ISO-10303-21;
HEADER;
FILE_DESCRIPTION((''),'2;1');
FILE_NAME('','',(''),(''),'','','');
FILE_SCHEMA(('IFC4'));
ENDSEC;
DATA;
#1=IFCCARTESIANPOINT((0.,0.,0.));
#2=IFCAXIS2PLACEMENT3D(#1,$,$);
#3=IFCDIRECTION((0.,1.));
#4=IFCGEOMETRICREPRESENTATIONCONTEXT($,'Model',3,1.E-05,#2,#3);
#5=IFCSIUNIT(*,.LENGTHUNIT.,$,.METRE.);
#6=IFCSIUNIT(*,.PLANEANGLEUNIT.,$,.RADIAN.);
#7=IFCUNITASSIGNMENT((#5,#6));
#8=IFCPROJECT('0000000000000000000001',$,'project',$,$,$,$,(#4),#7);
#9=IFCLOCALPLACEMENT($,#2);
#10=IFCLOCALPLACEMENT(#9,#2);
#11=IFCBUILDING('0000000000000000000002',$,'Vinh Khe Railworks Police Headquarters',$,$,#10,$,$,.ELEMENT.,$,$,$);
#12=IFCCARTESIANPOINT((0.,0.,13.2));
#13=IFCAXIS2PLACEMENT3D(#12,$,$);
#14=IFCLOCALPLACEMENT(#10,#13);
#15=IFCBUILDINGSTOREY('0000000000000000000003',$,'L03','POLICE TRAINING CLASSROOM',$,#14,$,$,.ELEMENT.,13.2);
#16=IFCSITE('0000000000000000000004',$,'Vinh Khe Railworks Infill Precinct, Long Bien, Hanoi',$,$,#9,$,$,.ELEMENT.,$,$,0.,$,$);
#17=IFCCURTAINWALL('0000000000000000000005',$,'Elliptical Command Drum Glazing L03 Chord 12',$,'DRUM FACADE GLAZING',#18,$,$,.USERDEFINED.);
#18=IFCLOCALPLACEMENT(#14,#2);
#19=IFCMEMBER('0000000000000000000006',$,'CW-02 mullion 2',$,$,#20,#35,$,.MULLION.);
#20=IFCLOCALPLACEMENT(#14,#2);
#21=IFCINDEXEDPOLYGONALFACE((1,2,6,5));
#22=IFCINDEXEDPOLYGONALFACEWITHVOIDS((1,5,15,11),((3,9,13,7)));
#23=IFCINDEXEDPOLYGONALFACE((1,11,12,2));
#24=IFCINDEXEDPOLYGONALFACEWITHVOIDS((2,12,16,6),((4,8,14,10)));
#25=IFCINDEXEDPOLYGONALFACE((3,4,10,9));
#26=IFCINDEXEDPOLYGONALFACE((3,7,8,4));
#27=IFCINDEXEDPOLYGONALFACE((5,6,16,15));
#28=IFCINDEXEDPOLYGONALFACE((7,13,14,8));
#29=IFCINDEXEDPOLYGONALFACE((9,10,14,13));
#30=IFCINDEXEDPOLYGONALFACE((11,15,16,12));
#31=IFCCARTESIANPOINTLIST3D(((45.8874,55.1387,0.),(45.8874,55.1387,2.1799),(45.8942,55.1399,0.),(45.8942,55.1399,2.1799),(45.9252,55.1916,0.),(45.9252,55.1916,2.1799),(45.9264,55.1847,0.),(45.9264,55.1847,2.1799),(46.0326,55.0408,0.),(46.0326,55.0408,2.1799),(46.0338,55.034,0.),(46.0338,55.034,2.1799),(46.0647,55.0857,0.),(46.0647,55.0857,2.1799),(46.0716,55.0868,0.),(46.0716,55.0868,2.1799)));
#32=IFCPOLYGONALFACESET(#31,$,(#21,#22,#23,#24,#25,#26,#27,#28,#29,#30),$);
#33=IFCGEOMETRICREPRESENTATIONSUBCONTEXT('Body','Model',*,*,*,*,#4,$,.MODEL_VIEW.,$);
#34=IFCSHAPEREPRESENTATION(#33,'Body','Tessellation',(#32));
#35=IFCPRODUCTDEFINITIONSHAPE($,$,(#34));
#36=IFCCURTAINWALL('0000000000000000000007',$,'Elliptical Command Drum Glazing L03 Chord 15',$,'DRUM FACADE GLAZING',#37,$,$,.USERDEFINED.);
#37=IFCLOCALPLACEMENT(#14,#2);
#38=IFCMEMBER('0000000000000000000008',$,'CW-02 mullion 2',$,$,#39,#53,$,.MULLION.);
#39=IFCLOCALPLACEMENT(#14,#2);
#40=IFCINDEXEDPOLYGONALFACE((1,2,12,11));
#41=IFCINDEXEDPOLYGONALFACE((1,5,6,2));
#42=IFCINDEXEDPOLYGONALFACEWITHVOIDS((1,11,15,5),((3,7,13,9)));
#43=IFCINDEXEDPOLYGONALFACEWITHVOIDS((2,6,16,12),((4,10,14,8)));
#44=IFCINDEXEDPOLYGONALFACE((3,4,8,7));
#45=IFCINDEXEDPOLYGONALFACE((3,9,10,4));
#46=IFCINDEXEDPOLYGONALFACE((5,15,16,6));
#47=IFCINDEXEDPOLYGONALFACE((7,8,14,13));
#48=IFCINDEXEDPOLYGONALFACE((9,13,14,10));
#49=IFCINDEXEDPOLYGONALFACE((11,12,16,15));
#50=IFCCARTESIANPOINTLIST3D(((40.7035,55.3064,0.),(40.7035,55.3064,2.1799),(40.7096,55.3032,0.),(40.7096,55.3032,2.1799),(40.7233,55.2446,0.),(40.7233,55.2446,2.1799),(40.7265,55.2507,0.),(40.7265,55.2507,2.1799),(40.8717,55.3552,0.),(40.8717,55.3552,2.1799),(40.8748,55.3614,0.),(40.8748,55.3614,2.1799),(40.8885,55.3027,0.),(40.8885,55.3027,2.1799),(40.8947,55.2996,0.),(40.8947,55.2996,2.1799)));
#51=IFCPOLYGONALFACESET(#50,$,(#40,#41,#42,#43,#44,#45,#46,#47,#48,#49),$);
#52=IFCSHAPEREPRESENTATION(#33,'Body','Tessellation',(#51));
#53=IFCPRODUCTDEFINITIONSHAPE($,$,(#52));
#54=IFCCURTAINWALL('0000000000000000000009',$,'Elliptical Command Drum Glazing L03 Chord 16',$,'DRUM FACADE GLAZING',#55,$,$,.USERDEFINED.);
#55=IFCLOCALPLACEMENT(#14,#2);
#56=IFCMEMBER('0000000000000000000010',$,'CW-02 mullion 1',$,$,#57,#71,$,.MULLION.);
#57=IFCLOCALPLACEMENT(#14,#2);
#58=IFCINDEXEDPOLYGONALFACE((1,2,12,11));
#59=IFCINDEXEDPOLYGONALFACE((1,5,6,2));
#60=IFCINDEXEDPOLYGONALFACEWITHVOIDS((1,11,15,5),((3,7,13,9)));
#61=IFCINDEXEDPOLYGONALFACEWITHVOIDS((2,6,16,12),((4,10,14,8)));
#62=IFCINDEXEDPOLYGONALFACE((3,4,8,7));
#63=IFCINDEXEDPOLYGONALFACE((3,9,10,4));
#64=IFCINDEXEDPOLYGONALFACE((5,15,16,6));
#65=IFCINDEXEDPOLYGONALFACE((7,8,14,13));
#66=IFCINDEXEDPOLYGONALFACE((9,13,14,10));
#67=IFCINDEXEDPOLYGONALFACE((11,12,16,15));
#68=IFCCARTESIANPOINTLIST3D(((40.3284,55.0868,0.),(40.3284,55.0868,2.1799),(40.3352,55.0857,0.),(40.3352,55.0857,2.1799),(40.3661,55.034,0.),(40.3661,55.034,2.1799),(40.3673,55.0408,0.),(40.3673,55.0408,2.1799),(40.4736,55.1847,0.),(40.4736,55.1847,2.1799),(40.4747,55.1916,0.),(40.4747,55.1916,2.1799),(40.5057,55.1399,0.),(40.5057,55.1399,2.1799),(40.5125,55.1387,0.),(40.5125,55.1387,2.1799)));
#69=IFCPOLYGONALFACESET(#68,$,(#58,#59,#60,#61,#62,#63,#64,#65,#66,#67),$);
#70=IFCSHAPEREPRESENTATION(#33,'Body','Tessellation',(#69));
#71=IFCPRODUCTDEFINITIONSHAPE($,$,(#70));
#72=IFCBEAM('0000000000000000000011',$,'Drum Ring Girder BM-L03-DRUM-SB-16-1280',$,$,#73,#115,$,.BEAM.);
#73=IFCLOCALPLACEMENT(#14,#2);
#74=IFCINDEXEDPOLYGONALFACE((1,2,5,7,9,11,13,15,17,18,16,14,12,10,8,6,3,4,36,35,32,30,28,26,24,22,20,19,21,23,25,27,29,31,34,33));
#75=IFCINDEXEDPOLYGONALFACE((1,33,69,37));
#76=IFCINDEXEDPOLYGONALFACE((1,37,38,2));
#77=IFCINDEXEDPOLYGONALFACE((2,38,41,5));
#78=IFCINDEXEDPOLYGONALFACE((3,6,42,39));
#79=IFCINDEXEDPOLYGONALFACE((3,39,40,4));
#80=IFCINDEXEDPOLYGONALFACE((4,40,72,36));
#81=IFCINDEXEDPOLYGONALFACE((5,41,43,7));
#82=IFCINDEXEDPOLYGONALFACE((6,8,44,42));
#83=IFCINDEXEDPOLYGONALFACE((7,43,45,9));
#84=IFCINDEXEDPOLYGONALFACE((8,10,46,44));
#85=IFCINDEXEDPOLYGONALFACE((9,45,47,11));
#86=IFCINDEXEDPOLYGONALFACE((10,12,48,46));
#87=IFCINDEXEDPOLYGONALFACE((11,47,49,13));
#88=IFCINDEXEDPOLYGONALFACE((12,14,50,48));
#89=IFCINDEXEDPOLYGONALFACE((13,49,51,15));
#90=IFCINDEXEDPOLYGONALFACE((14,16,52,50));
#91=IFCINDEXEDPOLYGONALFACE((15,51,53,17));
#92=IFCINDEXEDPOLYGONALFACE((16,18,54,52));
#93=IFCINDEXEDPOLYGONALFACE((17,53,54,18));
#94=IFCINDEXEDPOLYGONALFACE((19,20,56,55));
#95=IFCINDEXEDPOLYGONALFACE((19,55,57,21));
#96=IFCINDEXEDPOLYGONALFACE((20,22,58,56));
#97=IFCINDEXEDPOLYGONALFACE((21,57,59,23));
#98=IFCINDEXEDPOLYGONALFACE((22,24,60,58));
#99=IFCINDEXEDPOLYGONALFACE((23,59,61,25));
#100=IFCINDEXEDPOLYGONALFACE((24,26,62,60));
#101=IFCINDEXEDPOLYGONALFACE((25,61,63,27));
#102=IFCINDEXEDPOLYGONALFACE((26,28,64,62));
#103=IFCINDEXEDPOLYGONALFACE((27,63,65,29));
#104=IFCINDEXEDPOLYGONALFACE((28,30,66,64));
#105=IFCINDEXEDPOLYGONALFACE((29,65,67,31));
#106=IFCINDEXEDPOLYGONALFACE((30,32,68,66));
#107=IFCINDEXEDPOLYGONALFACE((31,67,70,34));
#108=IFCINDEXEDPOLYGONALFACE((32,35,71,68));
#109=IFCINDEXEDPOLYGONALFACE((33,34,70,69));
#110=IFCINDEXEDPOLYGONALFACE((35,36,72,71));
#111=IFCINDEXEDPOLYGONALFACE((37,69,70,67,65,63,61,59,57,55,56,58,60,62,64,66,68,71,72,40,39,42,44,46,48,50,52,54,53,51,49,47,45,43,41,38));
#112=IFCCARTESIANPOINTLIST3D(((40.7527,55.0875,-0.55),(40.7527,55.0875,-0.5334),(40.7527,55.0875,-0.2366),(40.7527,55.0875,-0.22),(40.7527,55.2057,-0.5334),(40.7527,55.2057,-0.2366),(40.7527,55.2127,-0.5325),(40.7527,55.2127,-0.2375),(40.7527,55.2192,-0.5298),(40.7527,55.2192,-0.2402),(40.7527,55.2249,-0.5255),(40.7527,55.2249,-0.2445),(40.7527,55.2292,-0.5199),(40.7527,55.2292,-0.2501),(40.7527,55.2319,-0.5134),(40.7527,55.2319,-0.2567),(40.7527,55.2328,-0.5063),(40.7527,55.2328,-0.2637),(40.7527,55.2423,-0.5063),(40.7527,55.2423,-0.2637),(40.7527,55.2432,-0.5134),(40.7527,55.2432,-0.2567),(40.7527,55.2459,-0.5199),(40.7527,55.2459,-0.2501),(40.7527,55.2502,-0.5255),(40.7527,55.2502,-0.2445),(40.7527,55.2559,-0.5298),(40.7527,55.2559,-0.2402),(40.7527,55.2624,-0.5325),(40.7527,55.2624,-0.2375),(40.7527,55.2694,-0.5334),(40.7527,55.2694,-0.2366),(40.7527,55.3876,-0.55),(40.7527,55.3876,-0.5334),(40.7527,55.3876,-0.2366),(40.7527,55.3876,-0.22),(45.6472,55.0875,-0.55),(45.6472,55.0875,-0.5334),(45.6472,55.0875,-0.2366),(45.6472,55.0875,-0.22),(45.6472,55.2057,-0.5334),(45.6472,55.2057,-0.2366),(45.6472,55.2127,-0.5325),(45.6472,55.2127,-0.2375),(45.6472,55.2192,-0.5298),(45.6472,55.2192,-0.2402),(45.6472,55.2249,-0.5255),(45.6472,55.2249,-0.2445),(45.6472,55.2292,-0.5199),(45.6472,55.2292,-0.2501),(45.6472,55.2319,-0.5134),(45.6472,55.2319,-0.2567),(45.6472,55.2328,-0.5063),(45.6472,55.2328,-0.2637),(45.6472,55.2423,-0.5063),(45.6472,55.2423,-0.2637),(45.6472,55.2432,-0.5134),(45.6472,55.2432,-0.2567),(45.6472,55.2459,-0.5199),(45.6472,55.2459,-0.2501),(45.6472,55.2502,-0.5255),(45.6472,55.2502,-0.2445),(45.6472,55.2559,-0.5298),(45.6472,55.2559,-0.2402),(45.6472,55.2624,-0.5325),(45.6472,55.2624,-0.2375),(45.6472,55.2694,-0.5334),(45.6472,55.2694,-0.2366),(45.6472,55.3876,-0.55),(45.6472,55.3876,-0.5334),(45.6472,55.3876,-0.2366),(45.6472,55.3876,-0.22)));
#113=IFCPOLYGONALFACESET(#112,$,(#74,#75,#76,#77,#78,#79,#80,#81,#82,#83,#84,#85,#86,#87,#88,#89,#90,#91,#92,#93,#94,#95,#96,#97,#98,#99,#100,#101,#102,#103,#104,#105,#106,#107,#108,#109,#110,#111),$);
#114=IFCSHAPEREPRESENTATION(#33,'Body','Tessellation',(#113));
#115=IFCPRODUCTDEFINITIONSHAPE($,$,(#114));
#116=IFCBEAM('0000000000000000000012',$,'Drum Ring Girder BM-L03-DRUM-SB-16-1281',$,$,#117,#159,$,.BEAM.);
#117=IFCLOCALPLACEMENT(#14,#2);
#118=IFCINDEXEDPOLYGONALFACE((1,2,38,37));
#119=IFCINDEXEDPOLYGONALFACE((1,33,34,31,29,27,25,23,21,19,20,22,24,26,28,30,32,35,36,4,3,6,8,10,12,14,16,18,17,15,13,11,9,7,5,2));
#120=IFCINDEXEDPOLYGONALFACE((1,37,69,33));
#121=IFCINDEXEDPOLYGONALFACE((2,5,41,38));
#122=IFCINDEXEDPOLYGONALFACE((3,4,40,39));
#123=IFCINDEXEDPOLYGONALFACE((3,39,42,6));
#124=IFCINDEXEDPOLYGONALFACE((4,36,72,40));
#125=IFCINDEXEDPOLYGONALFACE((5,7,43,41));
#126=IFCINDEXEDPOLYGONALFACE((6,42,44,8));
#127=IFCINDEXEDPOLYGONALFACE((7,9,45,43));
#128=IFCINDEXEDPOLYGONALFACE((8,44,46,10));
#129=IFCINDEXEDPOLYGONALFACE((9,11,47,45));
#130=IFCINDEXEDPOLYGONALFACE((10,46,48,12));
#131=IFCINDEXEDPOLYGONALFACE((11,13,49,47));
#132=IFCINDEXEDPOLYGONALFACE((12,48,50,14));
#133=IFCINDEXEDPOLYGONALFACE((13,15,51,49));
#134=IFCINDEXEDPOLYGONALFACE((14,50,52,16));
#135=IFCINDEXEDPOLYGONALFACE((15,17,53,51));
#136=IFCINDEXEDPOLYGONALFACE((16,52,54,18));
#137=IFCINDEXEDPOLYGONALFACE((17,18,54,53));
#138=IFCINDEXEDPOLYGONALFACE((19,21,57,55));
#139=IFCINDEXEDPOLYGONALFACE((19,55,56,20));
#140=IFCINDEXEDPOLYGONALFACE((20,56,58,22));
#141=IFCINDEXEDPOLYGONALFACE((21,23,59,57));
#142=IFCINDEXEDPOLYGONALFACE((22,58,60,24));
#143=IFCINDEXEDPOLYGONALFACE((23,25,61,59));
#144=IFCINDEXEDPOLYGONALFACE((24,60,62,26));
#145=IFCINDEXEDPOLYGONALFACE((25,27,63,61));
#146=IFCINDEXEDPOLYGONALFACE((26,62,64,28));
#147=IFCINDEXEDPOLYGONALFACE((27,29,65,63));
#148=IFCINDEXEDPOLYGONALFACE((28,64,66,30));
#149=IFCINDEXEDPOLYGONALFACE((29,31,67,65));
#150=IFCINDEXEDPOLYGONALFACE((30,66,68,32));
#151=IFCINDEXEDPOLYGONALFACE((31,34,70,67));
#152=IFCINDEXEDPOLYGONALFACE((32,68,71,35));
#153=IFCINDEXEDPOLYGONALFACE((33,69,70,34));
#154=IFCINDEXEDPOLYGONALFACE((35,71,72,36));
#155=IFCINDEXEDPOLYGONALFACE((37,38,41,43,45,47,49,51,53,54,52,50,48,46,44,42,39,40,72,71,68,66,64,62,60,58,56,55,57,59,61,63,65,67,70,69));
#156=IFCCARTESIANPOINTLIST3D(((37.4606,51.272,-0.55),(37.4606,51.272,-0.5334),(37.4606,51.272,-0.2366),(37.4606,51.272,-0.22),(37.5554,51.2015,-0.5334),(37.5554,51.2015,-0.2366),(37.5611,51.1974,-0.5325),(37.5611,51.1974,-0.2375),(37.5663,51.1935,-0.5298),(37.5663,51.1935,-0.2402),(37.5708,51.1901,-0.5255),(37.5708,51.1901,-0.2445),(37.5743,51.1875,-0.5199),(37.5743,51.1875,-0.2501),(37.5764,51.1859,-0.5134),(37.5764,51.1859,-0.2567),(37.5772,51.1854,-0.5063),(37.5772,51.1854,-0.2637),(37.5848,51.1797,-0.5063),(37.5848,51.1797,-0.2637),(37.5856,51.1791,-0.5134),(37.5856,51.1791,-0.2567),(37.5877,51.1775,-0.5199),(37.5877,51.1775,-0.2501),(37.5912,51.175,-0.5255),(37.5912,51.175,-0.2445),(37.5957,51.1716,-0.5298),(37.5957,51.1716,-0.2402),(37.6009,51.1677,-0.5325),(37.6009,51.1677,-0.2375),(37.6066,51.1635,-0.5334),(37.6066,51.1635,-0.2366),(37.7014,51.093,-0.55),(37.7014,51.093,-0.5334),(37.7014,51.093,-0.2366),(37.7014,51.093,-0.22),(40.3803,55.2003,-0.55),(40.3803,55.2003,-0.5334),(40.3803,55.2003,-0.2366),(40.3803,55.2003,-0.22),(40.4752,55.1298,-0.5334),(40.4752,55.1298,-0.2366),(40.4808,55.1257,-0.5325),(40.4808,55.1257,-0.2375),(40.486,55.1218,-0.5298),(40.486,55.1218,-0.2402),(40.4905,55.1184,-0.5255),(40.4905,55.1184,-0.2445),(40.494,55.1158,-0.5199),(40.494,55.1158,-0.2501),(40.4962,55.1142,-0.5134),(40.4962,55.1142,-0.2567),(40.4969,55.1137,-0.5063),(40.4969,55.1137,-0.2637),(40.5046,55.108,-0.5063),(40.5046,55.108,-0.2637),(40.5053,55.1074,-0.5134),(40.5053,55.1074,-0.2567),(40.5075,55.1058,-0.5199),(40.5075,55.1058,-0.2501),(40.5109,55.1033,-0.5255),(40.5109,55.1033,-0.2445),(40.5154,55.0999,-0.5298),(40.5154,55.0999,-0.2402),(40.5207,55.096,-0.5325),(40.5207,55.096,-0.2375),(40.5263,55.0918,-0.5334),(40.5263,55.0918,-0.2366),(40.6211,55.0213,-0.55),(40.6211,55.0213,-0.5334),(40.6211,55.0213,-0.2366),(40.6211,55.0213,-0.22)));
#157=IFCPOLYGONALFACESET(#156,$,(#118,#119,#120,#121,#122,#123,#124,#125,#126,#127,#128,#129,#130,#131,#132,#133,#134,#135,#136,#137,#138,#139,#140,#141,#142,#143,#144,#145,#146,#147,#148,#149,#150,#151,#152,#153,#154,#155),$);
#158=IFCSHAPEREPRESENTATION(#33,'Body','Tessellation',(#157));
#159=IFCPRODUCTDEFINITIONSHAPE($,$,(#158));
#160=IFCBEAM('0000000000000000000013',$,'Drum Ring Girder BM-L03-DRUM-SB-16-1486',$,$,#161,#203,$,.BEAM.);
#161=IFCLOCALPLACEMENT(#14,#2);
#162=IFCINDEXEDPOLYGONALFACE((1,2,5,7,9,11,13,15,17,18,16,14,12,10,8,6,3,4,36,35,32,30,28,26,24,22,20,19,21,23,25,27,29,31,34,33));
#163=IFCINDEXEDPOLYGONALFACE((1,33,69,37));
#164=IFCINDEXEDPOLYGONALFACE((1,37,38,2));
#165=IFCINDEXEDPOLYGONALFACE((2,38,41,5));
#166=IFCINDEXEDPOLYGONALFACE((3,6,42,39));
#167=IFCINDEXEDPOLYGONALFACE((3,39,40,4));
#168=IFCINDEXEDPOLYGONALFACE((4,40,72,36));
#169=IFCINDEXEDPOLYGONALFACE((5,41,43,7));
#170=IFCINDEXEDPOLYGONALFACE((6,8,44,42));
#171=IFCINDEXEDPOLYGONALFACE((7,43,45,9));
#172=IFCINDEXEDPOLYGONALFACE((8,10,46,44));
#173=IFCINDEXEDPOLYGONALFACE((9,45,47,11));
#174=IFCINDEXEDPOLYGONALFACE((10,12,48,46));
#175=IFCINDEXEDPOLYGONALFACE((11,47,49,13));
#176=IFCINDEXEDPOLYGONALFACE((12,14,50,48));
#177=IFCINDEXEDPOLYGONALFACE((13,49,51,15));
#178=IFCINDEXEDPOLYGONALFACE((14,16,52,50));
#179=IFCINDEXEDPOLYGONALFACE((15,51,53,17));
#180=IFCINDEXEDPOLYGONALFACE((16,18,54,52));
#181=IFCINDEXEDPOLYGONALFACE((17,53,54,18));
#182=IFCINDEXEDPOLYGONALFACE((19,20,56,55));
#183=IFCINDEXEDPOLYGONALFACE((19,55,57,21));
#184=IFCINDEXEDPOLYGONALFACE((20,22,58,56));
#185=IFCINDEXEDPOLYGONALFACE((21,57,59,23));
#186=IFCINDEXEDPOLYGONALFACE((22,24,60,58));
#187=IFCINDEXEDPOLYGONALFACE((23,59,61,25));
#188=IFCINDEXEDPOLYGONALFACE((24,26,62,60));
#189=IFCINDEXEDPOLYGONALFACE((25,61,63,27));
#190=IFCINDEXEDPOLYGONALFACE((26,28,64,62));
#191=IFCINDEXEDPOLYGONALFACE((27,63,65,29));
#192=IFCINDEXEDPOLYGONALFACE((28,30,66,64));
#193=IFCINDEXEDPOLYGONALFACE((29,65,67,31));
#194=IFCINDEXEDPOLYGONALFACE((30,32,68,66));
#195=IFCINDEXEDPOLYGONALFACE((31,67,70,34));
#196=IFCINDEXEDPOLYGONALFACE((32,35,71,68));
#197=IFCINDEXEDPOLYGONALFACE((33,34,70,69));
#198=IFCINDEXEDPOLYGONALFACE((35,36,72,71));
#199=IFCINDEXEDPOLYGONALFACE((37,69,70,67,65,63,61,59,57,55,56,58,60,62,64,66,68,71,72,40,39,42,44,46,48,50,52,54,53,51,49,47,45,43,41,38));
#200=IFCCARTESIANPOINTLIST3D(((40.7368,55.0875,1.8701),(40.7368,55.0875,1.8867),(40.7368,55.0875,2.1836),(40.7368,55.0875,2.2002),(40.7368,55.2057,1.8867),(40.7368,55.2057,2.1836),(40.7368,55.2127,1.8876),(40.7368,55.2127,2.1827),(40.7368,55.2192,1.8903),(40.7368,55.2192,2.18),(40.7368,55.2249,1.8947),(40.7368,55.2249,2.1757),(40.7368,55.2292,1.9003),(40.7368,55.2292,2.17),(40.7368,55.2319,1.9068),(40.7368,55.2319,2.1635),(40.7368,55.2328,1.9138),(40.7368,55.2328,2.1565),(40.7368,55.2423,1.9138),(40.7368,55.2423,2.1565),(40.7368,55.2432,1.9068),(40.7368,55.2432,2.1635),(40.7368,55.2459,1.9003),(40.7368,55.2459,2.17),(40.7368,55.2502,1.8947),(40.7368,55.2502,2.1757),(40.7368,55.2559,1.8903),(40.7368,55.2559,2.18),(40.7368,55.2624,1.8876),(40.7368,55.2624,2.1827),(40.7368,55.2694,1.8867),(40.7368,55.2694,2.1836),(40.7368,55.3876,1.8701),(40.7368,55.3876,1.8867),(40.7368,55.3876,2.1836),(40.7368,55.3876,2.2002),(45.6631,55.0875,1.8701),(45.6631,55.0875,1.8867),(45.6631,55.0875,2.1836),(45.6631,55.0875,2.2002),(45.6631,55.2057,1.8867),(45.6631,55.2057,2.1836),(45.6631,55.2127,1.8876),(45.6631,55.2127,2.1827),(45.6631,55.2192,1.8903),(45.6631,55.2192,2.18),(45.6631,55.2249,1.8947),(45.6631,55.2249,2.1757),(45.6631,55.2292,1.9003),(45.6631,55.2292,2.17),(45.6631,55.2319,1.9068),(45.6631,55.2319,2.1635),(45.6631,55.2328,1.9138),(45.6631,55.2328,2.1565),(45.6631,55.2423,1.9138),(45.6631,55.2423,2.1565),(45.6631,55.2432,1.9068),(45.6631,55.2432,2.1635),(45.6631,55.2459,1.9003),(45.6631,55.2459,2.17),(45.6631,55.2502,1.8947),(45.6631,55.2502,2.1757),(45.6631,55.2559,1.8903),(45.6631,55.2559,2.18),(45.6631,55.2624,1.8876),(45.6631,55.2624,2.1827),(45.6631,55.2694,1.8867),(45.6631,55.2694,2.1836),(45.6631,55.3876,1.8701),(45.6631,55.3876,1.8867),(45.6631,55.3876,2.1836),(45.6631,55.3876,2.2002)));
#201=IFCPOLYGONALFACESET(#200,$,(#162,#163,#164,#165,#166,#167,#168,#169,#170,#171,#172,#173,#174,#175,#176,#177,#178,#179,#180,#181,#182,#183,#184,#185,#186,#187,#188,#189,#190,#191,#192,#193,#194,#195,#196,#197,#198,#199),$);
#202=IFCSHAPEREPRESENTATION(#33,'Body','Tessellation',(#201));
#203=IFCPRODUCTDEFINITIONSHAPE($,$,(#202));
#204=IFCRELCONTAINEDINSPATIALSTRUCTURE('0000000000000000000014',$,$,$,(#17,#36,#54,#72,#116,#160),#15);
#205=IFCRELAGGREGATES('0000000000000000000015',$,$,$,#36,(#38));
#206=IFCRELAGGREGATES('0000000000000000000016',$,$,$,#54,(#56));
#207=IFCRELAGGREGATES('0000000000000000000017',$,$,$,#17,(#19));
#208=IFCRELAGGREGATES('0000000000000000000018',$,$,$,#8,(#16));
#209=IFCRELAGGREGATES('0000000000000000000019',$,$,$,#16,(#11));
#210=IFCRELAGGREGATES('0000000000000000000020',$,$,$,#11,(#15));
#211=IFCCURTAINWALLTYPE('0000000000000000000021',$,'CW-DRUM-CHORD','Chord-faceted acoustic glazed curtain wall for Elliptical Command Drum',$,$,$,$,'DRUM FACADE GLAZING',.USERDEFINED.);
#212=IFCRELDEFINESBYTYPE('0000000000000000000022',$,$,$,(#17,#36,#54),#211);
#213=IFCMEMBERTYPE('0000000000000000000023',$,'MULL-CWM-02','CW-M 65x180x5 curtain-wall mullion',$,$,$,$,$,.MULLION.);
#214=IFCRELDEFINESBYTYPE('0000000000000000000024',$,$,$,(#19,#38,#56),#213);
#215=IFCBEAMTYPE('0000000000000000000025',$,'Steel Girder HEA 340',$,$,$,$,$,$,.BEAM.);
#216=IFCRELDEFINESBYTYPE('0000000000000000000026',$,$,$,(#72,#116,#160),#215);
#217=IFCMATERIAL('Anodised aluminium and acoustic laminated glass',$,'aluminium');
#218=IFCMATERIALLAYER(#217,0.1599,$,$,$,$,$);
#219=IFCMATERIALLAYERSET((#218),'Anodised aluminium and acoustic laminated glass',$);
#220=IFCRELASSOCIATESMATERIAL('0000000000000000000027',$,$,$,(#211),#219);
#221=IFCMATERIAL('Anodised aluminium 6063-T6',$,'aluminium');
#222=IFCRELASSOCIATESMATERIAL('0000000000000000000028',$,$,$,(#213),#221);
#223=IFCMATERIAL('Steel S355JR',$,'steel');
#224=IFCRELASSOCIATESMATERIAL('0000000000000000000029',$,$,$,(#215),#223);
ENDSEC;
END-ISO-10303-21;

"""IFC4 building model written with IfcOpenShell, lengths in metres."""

from ifc_helpers import new_model, si_unit, direction, frame, origin, origin_2d, place, context, subcontext, project, spatial, hollow_rectangle, i_section, extrude, material, layer, layer_set, material_profile, profile_set, type_object, element, aggregate, save


model = new_model("IFC4")

# Units and contexts
model_context = context("Model", 3, precision=1e-05, world=origin(), true_north=direction((0.0, 1.0)))
body_context = subcontext(model_context, "Body", "Model", "MODEL_VIEW")
ifc_project = project(units=[si_unit("LENGTHUNIT", "METRE"), si_unit("PLANEANGLEUNIT", "RADIAN")], contexts=[model_context])

# Site, building, storey
site_placement = place(None, origin())
site = spatial("IfcSite", under=ifc_project, at=site_placement, Name="Vinh Khe Railworks Infill Precinct, Long Bien, Hanoi", CompositionType="ELEMENT", RefElevation=0.0)
building_placement = place(site_placement, origin())
building = spatial("IfcBuilding", under=site, at=building_placement, Name="Vinh Khe Railworks Police Headquarters", CompositionType="ELEMENT")
storey_placement = place(building_placement, frame((0.0, 0.0, 13.2)))
storey = spatial("IfcBuildingStorey", under=building, at=storey_placement, Name="L03", Description="POLICE TRAINING CLASSROOM", CompositionType="ELEMENT", Elevation=13.2)

# Shared definitions
ifc_material_1 = material(Name="Steel S355JR", Category="steel")

# Shared definitions
ifc_material_2 = material(Name="Anodised aluminium and acoustic laminated glass", Category="aluminium")
ifc_layer_1 = layer(ifc_material_2, 0.1599)
ifc_layer_set_1 = layer_set([ifc_layer_1], Name="Anodised aluminium and acoustic laminated glass")
curtain_wall_type = type_object("IfcCurtainWallType", Name="CW-DRUM-CHORD", Description="Chord-faceted acoustic glazed curtain wall for Elliptical Command Drum", ElementType="DRUM FACADE GLAZING", PredefinedType="USERDEFINED", material=ifc_layer_set_1)
ifc_material_3 = material(Name="Anodised aluminium 6063-T6", Category="aluminium")
ifc_material_profile_1 = material_profile(ifc_material_3, hollow_rectangle(XDim=0.0649, YDim=0.1799, WallThickness=0.0049, at=origin_2d()), Name="CW-M 65x180x5")
ifc_profile_set_1 = profile_set([ifc_material_profile_1], Name="Anodised aluminium 6063-T6")
member_type_1 = type_object("IfcMemberType", Name="MULL-CWM-02", Description="CW-M 65x180x5 curtain-wall mullion", PredefinedType="MULLION", material=ifc_profile_set_1)

# Curtain wall, member
curtain_wall_1_placement = place(storey_placement, origin())
curtain_wall_1 = element("IfcCurtainWall", 1, at=curtain_wall_1_placement, inside=storey, type_object=curtain_wall_type, Name="Elliptical Command Drum Glazing L03 Chord 12", ObjectType="DRUM FACADE GLAZING", PredefinedType="USERDEFINED")
member_1_placement = place(storey_placement, frame((45.9795, 55.1128, 0.0), z_axis=(0.0, 0.0, 1.0), x_axis=(-0.581914, -0.81325, 0.0)))
member_1 = element("IfcMember", 2, at=member_1_placement, type_object=member_type_1, Name="CW-02 mullion 2", PredefinedType="MULLION", context=body_context, shape_type="SweptSolid", body=[
    extrude(hollow_rectangle(XDim=0.0649, YDim=0.1799, WallThickness=0.0049, at=origin_2d()), origin(), (0.0, 0.0, 1.0), 2.1799),
])

# Curtain walls, members
curtain_wall_2_placement = place(storey_placement, origin())
curtain_wall_2 = element("IfcCurtainWall", 3, at=curtain_wall_2_placement, inside=storey, type_object=curtain_wall_type, Name="Elliptical Command Drum Glazing L03 Chord 15", ObjectType="DRUM FACADE GLAZING", PredefinedType="USERDEFINED")
member_2_placement = place(storey_placement, frame((40.7991, 55.303, 0.0), z_axis=(0.0, 0.0, 1.0), x_axis=(0.305579, -0.952167, 0.0)))
member_2 = element("IfcMember", 4, at=member_2_placement, type_object=member_type_1, Name="CW-02 mullion 2", PredefinedType="MULLION", context=body_context, shape_type="SweptSolid", body=[
    extrude(hollow_rectangle(XDim=0.0649, YDim=0.1799, WallThickness=0.0049, at=origin_2d()), origin(), (0.0, 0.0, 1.0), 2.1799),
])
aggregate(curtain_wall_2, [member_2])
curtain_wall_3_placement = place(storey_placement, origin())
curtain_wall_3 = element("IfcCurtainWall", 5, at=curtain_wall_3_placement, inside=storey, type_object=curtain_wall_type, Name="Elliptical Command Drum Glazing L03 Chord 16", ObjectType="DRUM FACADE GLAZING", PredefinedType="USERDEFINED")
member_3_placement = place(storey_placement, frame((40.4204, 55.1128, 0.0), z_axis=(0.0, 0.0, 1.0), x_axis=(0.581914, -0.81325, 0.0)))
member_3 = element("IfcMember", 6, at=member_3_placement, type_object=member_type_1, Name="CW-02 mullion 1", PredefinedType="MULLION", context=body_context, shape_type="SweptSolid", body=[
    extrude(hollow_rectangle(XDim=0.0649, YDim=0.1799, WallThickness=0.0049, at=origin_2d()), origin(), (0.0, 0.0, 1.0), 2.1799),
])
aggregate(curtain_wall_3, [member_3])

# Beams
ifc_material_profile_2 = material_profile(ifc_material_1, i_section(OverallWidth=0.3, OverallDepth=0.3301, WebThickness=0.0095, FlangeThickness=0.0166, FilletRadius=0.0271, at=origin_2d()), Name="HEA 340")
ifc_profile_set_2 = profile_set([ifc_material_profile_2], Name="Steel S355JR")
beam_type = type_object("IfcBeamType", Name="Steel Girder HEA 340", PredefinedType="BEAM", material=ifc_profile_set_2)
for number, where, z_axis, x_axis, name in (
    (7, (45.6472, 55.2375, -0.385), (-1.0, 0.0, 0.0), (0.0, -1.0, 0.0), "Drum Ring Girder BM-L03-DRUM-SB-16-1280"),
    (8, (40.5007, 55.1108, -0.385), (-0.596531, -0.80259, 0.0), (0.80259, -0.596531, 0.0), "Drum Ring Girder BM-L03-DRUM-SB-16-1281"),
):
    element("IfcBeam", number, at=place(storey_placement, frame(where, z_axis=z_axis, x_axis=x_axis)), inside=storey, type_object=beam_type, Name=name, PredefinedType="BEAM", context=body_context, shape_type="SweptSolid", body=[
        extrude(i_section(OverallWidth=0.3, OverallDepth=0.3301, WebThickness=0.0095, FlangeThickness=0.0166, FilletRadius=0.0271, at=origin_2d()), origin(), (0.0, 0.0, 1.0), 4.8945),
    ])
for number, where, z_axis, x_axis, name in (
    (9, (45.6631, 55.2375, 2.0352), (-1.0, 0.0, 0.0), (0.0, -1.0, 0.0), "Drum Ring Girder BM-L03-DRUM-SB-16-1486"),
):
    element("IfcBeam", number, at=place(storey_placement, frame(where, z_axis=z_axis, x_axis=x_axis)), inside=storey, type_object=beam_type, Name=name, PredefinedType="BEAM", context=body_context, shape_type="SweptSolid", body=[
        extrude(i_section(OverallWidth=0.3, OverallDepth=0.3301, WebThickness=0.0095, FlangeThickness=0.0166, FilletRadius=0.0271, at=origin_2d()), origin(), (0.0, 0.0, 1.0), 4.9263),
    ])

aggregate(curtain_wall_1, [member_1])

save(model, "model.ifc")
